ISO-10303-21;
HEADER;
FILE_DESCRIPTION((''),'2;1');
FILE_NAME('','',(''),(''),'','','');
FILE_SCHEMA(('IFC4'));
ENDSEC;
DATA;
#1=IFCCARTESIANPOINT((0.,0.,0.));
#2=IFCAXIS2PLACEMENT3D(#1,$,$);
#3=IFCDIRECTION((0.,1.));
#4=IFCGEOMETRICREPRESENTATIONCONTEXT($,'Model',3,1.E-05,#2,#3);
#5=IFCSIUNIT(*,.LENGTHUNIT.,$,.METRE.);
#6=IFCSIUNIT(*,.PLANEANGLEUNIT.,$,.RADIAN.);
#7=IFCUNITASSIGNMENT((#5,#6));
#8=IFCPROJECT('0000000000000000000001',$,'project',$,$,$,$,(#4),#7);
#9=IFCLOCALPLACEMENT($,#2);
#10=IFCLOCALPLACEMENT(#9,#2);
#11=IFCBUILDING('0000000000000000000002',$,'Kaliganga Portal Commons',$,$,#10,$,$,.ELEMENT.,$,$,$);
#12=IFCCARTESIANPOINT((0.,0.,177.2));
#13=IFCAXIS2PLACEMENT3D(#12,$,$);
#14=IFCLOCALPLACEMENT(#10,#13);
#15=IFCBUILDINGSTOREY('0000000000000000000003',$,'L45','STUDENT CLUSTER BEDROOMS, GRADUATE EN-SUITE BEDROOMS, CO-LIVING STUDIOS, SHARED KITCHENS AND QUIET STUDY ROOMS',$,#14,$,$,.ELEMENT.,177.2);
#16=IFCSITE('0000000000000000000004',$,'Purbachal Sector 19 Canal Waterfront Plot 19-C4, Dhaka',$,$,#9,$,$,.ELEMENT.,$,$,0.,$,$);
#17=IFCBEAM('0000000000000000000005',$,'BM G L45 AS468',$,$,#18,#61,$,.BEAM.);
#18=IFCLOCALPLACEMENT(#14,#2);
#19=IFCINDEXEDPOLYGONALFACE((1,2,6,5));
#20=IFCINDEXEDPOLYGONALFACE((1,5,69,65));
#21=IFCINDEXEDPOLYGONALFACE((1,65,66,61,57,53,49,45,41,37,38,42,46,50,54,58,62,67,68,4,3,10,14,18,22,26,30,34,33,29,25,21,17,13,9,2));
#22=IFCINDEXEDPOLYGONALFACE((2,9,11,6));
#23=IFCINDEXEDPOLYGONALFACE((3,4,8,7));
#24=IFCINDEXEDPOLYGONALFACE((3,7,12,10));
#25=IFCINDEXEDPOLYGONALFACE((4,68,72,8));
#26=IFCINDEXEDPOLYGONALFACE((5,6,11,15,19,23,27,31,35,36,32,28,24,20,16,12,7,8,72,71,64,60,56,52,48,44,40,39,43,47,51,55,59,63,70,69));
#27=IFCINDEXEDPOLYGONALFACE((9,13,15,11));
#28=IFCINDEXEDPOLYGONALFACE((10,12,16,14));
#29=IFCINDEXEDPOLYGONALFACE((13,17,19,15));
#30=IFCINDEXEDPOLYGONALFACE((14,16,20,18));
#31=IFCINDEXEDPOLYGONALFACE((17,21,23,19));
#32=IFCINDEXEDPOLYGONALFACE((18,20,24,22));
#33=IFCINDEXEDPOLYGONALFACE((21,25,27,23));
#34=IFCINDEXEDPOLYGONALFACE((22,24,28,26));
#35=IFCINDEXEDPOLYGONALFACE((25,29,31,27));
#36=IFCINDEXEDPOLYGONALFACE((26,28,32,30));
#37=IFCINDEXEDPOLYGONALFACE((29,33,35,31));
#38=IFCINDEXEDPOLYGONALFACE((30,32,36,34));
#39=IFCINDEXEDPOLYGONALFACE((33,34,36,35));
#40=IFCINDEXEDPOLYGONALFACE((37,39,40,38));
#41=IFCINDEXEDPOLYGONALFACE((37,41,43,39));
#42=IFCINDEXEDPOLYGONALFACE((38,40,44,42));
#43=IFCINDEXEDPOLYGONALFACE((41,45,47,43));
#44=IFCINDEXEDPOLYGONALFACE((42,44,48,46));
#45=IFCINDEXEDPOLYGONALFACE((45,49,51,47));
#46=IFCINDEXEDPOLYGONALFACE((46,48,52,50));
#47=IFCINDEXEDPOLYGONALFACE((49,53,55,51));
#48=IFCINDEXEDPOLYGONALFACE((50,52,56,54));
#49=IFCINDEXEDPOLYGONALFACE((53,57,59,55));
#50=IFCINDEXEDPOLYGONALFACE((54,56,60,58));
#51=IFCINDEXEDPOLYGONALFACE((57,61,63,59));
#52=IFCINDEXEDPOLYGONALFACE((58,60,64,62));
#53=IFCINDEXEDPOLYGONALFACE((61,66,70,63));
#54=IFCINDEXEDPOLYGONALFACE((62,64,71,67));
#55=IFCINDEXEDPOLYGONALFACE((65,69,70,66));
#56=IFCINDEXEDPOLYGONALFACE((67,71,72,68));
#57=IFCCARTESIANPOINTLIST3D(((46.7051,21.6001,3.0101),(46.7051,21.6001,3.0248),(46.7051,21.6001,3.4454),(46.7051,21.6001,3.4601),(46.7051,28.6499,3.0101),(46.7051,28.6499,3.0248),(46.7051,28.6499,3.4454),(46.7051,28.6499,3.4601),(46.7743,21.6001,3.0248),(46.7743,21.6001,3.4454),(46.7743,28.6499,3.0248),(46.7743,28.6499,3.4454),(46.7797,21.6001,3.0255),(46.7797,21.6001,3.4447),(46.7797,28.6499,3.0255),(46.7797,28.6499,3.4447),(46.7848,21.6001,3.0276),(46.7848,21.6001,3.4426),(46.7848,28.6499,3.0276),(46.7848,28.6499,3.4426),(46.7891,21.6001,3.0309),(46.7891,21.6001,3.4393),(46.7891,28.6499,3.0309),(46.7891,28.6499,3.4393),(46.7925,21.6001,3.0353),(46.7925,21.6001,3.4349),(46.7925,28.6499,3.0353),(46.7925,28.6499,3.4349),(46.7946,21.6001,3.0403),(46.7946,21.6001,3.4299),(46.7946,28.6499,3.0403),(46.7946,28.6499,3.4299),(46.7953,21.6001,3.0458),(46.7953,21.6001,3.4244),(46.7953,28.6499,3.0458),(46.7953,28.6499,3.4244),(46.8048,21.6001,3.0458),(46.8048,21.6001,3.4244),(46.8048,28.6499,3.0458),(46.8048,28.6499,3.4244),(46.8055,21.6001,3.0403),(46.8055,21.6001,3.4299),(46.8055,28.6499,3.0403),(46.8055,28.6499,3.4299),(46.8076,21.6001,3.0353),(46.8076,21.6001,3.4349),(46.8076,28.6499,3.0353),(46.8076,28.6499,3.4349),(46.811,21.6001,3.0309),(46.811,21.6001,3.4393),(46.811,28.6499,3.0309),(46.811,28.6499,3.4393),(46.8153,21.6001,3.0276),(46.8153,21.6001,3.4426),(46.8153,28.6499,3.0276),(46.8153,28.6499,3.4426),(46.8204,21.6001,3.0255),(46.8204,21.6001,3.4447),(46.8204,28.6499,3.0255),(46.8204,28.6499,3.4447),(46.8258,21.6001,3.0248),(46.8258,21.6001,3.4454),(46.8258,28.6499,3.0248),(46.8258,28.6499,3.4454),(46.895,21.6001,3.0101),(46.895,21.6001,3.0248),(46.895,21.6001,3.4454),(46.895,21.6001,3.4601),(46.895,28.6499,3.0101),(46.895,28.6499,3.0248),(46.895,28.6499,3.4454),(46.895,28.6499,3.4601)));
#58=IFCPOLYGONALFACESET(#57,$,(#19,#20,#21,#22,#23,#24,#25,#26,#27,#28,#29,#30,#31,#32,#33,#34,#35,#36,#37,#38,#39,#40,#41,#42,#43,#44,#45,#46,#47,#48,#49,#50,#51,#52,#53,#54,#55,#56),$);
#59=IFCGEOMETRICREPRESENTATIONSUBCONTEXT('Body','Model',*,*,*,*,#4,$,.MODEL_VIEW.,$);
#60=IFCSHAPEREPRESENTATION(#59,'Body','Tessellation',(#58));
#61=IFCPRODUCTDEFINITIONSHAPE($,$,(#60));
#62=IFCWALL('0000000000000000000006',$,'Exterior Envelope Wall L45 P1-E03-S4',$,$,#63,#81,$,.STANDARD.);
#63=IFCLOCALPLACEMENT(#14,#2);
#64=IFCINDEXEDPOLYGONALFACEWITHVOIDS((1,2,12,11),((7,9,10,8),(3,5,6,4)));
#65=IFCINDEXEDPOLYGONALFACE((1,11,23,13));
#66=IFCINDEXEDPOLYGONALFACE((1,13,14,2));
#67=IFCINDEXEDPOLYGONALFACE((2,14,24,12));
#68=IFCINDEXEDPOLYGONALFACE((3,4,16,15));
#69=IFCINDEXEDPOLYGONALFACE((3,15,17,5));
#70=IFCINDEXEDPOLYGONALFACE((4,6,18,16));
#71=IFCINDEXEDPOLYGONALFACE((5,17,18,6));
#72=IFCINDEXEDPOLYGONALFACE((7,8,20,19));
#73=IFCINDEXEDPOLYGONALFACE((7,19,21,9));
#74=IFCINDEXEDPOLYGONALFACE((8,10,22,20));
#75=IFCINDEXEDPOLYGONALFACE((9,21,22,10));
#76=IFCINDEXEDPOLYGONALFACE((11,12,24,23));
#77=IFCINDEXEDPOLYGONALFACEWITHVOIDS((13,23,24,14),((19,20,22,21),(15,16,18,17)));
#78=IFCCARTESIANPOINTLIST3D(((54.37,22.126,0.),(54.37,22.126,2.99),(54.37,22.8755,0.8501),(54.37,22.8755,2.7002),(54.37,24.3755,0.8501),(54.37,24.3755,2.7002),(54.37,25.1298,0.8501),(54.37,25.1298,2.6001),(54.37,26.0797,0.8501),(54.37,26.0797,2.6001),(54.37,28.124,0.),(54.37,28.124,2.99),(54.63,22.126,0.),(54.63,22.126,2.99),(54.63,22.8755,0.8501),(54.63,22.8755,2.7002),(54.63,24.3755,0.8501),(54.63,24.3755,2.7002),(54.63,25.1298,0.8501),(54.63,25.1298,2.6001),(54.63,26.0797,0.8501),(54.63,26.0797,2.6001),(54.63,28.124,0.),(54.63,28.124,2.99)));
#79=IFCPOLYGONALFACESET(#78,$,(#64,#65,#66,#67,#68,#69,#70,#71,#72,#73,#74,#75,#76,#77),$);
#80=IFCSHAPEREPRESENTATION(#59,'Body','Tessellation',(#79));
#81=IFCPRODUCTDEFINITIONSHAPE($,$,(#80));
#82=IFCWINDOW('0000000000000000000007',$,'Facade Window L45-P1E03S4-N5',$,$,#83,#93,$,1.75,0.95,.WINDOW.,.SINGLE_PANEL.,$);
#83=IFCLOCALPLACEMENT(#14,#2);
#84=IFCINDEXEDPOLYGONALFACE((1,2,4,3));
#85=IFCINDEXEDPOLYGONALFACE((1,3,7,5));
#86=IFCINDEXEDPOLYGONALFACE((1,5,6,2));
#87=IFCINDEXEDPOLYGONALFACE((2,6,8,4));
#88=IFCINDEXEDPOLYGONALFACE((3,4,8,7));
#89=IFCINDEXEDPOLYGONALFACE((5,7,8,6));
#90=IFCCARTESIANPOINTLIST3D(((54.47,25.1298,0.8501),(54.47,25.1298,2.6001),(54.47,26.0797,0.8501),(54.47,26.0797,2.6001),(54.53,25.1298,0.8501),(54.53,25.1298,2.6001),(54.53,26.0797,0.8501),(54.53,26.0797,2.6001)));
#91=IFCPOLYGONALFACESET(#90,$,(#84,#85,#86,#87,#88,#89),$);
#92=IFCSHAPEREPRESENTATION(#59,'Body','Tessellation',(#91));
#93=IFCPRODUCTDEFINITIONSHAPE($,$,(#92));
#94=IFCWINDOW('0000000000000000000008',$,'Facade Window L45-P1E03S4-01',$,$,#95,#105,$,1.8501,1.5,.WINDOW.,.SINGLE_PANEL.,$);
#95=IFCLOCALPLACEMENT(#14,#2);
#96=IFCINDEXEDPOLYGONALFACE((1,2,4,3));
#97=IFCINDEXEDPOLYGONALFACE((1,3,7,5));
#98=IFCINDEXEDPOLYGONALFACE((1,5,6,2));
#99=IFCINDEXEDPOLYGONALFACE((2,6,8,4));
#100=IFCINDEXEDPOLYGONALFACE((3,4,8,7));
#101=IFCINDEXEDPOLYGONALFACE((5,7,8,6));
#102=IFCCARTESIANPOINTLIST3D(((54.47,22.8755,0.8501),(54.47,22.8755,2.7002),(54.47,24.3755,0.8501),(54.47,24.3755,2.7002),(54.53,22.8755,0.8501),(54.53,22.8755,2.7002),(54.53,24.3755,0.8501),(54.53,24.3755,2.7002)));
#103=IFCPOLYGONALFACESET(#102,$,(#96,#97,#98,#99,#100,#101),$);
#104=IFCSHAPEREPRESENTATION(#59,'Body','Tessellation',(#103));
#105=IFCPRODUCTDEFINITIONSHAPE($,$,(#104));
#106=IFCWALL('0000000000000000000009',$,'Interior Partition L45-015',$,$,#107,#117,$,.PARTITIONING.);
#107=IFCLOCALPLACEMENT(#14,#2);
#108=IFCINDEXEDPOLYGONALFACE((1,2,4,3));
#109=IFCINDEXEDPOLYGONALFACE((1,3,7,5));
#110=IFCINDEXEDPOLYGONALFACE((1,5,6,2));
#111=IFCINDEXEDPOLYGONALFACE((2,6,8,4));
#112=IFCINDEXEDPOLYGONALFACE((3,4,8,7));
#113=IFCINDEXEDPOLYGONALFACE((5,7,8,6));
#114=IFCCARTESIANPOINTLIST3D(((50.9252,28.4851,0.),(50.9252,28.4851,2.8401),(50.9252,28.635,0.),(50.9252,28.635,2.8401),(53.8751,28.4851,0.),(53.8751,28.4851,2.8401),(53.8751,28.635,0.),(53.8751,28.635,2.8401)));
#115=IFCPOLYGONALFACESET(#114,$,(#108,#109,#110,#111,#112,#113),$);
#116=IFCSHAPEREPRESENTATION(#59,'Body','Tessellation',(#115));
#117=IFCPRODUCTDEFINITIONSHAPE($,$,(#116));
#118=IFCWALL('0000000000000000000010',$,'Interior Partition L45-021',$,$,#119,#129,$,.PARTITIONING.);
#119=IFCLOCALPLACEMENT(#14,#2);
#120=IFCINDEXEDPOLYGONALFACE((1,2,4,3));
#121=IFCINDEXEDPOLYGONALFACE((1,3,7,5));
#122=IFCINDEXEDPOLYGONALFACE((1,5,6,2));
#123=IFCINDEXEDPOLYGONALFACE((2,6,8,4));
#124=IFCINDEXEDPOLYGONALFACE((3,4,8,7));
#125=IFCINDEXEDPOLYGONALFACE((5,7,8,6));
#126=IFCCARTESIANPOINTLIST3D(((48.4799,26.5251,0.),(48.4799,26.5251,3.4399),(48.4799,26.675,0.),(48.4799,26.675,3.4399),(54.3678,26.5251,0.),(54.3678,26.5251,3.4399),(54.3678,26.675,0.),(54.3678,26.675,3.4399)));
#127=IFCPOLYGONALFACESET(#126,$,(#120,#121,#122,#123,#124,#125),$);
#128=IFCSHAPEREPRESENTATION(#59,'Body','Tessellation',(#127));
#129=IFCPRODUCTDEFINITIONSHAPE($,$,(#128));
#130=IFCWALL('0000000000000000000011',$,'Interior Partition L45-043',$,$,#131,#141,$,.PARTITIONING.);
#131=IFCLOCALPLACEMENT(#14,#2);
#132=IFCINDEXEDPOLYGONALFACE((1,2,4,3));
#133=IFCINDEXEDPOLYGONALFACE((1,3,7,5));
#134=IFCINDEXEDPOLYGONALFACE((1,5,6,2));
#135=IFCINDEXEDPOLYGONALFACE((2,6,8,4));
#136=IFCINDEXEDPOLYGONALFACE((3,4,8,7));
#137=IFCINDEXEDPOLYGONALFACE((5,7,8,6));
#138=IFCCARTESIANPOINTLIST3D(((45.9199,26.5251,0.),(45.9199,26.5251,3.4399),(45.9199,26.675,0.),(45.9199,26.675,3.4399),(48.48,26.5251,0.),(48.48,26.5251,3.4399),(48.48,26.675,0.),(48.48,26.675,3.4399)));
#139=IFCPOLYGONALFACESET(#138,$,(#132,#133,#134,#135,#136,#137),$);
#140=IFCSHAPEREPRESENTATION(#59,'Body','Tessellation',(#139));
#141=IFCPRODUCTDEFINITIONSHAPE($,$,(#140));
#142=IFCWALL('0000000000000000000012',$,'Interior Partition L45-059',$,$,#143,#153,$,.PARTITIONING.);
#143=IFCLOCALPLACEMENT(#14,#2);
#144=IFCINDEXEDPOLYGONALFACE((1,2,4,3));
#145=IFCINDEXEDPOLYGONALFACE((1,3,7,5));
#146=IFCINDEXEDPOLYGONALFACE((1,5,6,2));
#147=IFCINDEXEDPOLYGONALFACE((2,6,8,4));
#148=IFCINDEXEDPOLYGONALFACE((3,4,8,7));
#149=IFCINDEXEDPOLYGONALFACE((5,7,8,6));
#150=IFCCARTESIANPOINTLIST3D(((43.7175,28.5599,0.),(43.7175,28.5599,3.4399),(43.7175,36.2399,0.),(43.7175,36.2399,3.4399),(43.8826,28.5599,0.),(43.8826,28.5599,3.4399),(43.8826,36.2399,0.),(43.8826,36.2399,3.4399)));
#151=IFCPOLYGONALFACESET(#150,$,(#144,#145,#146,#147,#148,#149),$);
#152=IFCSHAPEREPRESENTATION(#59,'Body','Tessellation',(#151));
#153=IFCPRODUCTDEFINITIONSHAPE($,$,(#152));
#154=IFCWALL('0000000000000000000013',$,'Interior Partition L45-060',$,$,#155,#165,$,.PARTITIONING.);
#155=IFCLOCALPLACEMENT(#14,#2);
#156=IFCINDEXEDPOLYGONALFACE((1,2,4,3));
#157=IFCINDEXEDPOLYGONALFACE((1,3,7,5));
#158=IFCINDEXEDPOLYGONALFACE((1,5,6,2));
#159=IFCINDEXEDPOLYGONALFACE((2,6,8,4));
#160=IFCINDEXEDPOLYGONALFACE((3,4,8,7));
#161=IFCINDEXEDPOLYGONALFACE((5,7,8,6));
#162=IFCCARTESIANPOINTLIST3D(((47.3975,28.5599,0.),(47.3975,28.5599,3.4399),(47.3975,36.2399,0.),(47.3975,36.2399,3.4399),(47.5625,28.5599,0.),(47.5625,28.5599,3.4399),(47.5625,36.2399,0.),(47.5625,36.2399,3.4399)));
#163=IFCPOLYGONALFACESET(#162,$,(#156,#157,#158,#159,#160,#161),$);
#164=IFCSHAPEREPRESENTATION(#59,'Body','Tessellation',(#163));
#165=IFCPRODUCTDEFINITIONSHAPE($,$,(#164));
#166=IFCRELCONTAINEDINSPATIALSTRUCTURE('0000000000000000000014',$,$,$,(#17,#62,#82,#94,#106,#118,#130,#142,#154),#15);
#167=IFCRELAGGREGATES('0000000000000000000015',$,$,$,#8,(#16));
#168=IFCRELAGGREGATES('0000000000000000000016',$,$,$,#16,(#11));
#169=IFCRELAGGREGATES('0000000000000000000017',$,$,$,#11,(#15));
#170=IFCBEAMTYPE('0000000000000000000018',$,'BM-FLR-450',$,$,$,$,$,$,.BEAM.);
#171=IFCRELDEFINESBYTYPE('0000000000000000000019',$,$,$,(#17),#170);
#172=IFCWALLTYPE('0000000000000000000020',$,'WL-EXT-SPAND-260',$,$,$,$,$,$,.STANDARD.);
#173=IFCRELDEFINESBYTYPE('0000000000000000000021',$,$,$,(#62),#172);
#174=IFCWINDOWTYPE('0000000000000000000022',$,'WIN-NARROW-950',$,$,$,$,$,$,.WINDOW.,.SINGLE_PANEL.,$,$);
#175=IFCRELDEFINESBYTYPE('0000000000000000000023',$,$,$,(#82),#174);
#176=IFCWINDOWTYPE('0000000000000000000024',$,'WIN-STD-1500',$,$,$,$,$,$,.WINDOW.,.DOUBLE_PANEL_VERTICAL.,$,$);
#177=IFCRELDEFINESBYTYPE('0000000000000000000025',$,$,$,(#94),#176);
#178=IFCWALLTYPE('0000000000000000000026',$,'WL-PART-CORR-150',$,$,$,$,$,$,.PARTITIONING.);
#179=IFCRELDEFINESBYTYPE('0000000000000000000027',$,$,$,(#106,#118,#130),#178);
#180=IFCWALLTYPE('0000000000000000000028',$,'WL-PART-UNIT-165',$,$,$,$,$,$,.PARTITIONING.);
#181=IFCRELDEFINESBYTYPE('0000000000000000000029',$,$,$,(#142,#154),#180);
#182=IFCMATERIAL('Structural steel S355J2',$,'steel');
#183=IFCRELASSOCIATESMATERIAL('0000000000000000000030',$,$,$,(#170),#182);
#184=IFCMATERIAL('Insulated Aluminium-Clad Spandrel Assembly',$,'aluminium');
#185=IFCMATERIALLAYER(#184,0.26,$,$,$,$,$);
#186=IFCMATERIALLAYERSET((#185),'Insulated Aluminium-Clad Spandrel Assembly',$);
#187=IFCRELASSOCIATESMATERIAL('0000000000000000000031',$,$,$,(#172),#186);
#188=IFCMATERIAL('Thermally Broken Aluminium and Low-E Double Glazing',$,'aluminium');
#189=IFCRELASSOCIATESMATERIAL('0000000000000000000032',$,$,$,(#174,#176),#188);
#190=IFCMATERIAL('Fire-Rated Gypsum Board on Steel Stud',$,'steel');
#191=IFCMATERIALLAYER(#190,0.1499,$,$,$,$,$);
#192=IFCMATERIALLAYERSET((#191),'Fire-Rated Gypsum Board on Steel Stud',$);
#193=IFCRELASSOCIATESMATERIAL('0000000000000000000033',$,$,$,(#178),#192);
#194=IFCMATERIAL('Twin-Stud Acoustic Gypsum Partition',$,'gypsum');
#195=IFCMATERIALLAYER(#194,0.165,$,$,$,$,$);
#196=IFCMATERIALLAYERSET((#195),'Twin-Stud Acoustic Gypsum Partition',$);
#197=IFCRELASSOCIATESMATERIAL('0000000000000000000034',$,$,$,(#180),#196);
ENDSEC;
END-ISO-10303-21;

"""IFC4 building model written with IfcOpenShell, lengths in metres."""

from ifc_helpers import new_model, si_unit, direction, frame, frame_2d, origin, origin_2d, place, context, subcontext, project, spatial, rectangle, i_section, extrude, source, transform, mapped, material, layer, layer_set, material_profile, profile_set, type_object, element, fill, save


model = new_model("IFC4")

# Units and contexts
model_context = context("Model", 3, precision=1e-05, world=origin(), true_north=direction((0.0, 1.0)))
body_context = subcontext(model_context, "Body", "Model", "MODEL_VIEW")
ifc_project = project(units=[si_unit("LENGTHUNIT", "METRE"), si_unit("PLANEANGLEUNIT", "RADIAN")], contexts=[model_context])

# Site, building, storey
site_placement = place(None, origin())
site = spatial("IfcSite", under=ifc_project, at=site_placement, Name="Purbachal Sector 19 Canal Waterfront Plot 19-C4, Dhaka", CompositionType="ELEMENT", RefElevation=0.0)
building_placement = place(site_placement, origin())
building = spatial("IfcBuilding", under=site, at=building_placement, Name="Kaliganga Portal Commons", CompositionType="ELEMENT")
storey_placement = place(building_placement, frame((0.0, 0.0, 177.2)))
storey = spatial("IfcBuildingStorey", under=building, at=storey_placement, Name="L45", Description="STUDENT CLUSTER BEDROOMS, GRADUATE EN-SUITE BEDROOMS, CO-LIVING STUDIOS, SHARED KITCHENS AND QUIET STUDY ROOMS", CompositionType="ELEMENT", Elevation=177.2)

# Beam
ifc_material_1 = material(Name="Structural steel S355J2", Category="steel")
ifc_material_profile_1 = material_profile(ifc_material_1, i_section(OverallWidth=0.1899, OverallDepth=0.45, WebThickness=0.0095, FlangeThickness=0.0146, FilletRadius=0.021, at=origin_2d()), Name="IPE 450")
ifc_profile_set_1 = profile_set([ifc_material_profile_1], Name="Structural steel S355J2 wide-flange")
beam_type_1 = type_object("IfcBeamType", Name="BM-FLR-450", PredefinedType="BEAM", material=ifc_profile_set_1)
shared_shape_1 = source(origin(), body_context, "Body", "SweptSolid", [
    extrude(i_section(OverallWidth=0.1899, OverallDepth=0.45, WebThickness=0.0095, FlangeThickness=0.0146, FilletRadius=0.021, at=origin_2d()), origin(), (0.0, 0.0, 1.0), 7.0498),
])
beam_1_placement = place(storey_placement, frame((46.8, 21.6001, 3.2351), z_axis=(0.0, 1.0, 0.0), x_axis=(-1.0, 0.0, 0.0)))
element("IfcBeam", 1, at=beam_1_placement, inside=storey, type_object=beam_type_1, Name="BM G L45 AS468", PredefinedType="BEAM", context=body_context, shape_type="MappedRepresentation", body=[
    mapped(shared_shape_1, transform((0.0, 0.0, 0.0), x_axis=(1.0, 0.0, 0.0), y_axis=(0.0, 1.0, 0.0), z_axis=(0.0, 0.0, 1.0), scale=1.0)),
])

# Wall, openings, windows
ifc_material_2 = material(Name="Insulated Aluminium-Clad Spandrel Assembly", Category="aluminium")
ifc_layer_1 = layer(ifc_material_2, 0.26)
ifc_layer_set_1 = layer_set([ifc_layer_1], Name="Insulated Aluminium-Clad Spandrel Assembly")
wall_type_1 = type_object("IfcWallType", Name="WL-EXT-SPAND-260", PredefinedType="STANDARD", material=ifc_layer_set_1)
wall_1_placement = place(storey_placement, frame((54.5, 28.124, 0.0), z_axis=(0.0, 0.0, 1.0), x_axis=(0.0, -1.0, 0.0)))
wall_1 = element("IfcWall", 2, at=wall_1_placement, inside=storey, type_object=wall_type_1, Name="Exterior Envelope Wall L45 P1-E03-S4", PredefinedType="STANDARD", context=body_context, shape_type="SweptSolid", body=[
    extrude(rectangle(XDim=5.998, YDim=0.26, at=frame_2d((2.999, 0.0))), origin(), (0.0, 0.0, 1.0), 2.99),
])
opening_1_placement = place(wall_1_placement, frame((3.7485, 0.0, 0.8501)))
opening_1 = element("IfcOpeningElement", 3, at=opening_1_placement, cuts=wall_1, PredefinedType="OPENING", context=body_context, shape_type="SweptSolid", body=[
    extrude(rectangle(XDim=1.5, YDim=1.8501, at=frame_2d((0.75, 0.925))), frame((0.0, 0.1401, 0.0), z_axis=(0.0, -1.0, 0.0), x_axis=(1.0, 0.0, 0.0)), (0.0, 0.0, 1.0), 0.28),
])
opening_2_placement = place(wall_1_placement, frame((2.0442, 0.0, 0.8501)))
opening_2 = element("IfcOpeningElement", 4, at=opening_2_placement, cuts=wall_1, PredefinedType="OPENING", context=body_context, shape_type="SweptSolid", body=[
    extrude(rectangle(XDim=0.95, YDim=1.75, at=frame_2d((0.4751, 0.875))), frame((0.0, 0.1401, 0.0), z_axis=(0.0, -1.0, 0.0), x_axis=(1.0, 0.0, 0.0)), (0.0, 0.0, 1.0), 0.28),
])
ifc_material_3 = material(Name="Thermally Broken Aluminium and Low-E Double Glazing", Category="aluminium")
window_type_1 = type_object("IfcWindowType", Name="WIN-NARROW-950", PartitioningType="SINGLE_PANEL", PredefinedType="WINDOW", material=ifc_material_3)
window_1_placement = place(opening_2_placement, origin())
window_1 = element("IfcWindow", 5, at=window_1_placement, inside=storey, type_object=window_type_1, Name="Facade Window L45-P1E03S4-N5", OverallHeight=1.75, OverallWidth=0.95, PartitioningType="SINGLE_PANEL", PredefinedType="WINDOW", context=body_context, shape_type="SweptSolid", body=[
    extrude(rectangle(XDim=0.95, YDim=1.75, at=frame_2d((0.4751, 0.875))), frame((0.0, 0.03, 0.0), z_axis=(0.0, -1.0, 0.0), x_axis=(1.0, 0.0, 0.0)), (0.0, 0.0, 1.0), 0.0601),
])
fill(opening_2, window_1)
window_type_2 = type_object("IfcWindowType", Name="WIN-STD-1500", PartitioningType="DOUBLE_PANEL_VERTICAL", PredefinedType="WINDOW", material=ifc_material_3)
window_2_placement = place(opening_1_placement, origin())
window_2 = element("IfcWindow", 6, at=window_2_placement, inside=storey, type_object=window_type_2, Name="Facade Window L45-P1E03S4-01", OverallHeight=1.8501, OverallWidth=1.5, PartitioningType="SINGLE_PANEL", PredefinedType="WINDOW", context=body_context, shape_type="SweptSolid", body=[
    extrude(rectangle(XDim=1.5, YDim=1.8501, at=frame_2d((0.75, 0.925))), frame((0.0, 0.03, 0.0), z_axis=(0.0, -1.0, 0.0), x_axis=(1.0, 0.0, 0.0)), (0.0, 0.0, 1.0), 0.0601),
])
fill(opening_1, window_2)

# Shared definitions
ifc_material_4 = material(Name="Fire-Rated Gypsum Board on Steel Stud", Category="steel")
ifc_layer_2 = layer(ifc_material_4, 0.1499)
ifc_layer_set_2 = layer_set([ifc_layer_2], Name="Fire-Rated Gypsum Board on Steel Stud")
wall_type_2 = type_object("IfcWallType", Name="WL-PART-CORR-150", PredefinedType="PARTITIONING", material=ifc_layer_set_2)

# Walls
wall_2_placement = place(storey_placement, frame((50.925, 28.5601, 0.0), z_axis=(0.0, 0.0, 1.0), x_axis=(1.0, 0.0, 0.0)))
element("IfcWall", 7, at=wall_2_placement, inside=storey, type_object=wall_type_2, Name="Interior Partition L45-015", PredefinedType="PARTITIONING", context=body_context, shape_type="SweptSolid", body=[
    extrude(rectangle(XDim=2.95, YDim=0.1499, at=frame_2d((1.4751, 0.0))), origin(), (0.0, 0.0, 1.0), 2.8401),
])
wall_3_placement = place(storey_placement, frame((48.48, 26.6001, 0.0), z_axis=(0.0, 0.0, 1.0), x_axis=(1.0, 0.0, 0.0)))
element("IfcWall", 8, at=wall_3_placement, inside=storey, type_object=wall_type_2, Name="Interior Partition L45-021", PredefinedType="PARTITIONING", context=body_context, shape_type="SweptSolid", body=[
    extrude(rectangle(XDim=5.8879, YDim=0.1499, at=frame_2d((2.9438, 0.0))), origin(), (0.0, 0.0, 1.0), 3.4399),
])
wall_4_placement = place(storey_placement, frame((45.9199, 26.6001, 0.0), z_axis=(0.0, 0.0, 1.0), x_axis=(1.0, 0.0, 0.0)))
element("IfcWall", 9, at=wall_4_placement, inside=storey, type_object=wall_type_2, Name="Interior Partition L45-043", PredefinedType="PARTITIONING", context=body_context, shape_type="SweptSolid", body=[
    extrude(rectangle(XDim=2.5601, YDim=0.1499, at=frame_2d((1.28, 0.0))), origin(), (0.0, 0.0, 1.0), 3.4399),
])
ifc_material_5 = material(Name="Twin-Stud Acoustic Gypsum Partition", Category="gypsum")
ifc_layer_3 = layer(ifc_material_5, 0.165)
ifc_layer_set_3 = layer_set([ifc_layer_3], Name="Twin-Stud Acoustic Gypsum Partition")
wall_type_3 = type_object("IfcWallType", Name="WL-PART-UNIT-165", PredefinedType="PARTITIONING", material=ifc_layer_set_3)
for number, where, z_axis, x_axis, name in (
    (10, (43.8, 28.5601, 0.0), (0.0, 0.0, 1.0), (0.0, 1.0, 0.0), "Interior Partition L45-059"),
    (11, (47.48, 28.5601, 0.0), (0.0, 0.0, 1.0), (0.0, 1.0, 0.0), "Interior Partition L45-060"),
):
    element("IfcWall", number, at=place(storey_placement, frame(where, z_axis=z_axis, x_axis=x_axis)), inside=storey, type_object=wall_type_3, Name=name, PredefinedType="PARTITIONING", context=body_context, shape_type="SweptSolid", body=[
        extrude(rectangle(XDim=7.6799, YDim=0.165, at=frame_2d((3.8398, 0.0))), origin(), (0.0, 0.0, 1.0), 3.4399),
    ])

save(model, "model.ifc")
